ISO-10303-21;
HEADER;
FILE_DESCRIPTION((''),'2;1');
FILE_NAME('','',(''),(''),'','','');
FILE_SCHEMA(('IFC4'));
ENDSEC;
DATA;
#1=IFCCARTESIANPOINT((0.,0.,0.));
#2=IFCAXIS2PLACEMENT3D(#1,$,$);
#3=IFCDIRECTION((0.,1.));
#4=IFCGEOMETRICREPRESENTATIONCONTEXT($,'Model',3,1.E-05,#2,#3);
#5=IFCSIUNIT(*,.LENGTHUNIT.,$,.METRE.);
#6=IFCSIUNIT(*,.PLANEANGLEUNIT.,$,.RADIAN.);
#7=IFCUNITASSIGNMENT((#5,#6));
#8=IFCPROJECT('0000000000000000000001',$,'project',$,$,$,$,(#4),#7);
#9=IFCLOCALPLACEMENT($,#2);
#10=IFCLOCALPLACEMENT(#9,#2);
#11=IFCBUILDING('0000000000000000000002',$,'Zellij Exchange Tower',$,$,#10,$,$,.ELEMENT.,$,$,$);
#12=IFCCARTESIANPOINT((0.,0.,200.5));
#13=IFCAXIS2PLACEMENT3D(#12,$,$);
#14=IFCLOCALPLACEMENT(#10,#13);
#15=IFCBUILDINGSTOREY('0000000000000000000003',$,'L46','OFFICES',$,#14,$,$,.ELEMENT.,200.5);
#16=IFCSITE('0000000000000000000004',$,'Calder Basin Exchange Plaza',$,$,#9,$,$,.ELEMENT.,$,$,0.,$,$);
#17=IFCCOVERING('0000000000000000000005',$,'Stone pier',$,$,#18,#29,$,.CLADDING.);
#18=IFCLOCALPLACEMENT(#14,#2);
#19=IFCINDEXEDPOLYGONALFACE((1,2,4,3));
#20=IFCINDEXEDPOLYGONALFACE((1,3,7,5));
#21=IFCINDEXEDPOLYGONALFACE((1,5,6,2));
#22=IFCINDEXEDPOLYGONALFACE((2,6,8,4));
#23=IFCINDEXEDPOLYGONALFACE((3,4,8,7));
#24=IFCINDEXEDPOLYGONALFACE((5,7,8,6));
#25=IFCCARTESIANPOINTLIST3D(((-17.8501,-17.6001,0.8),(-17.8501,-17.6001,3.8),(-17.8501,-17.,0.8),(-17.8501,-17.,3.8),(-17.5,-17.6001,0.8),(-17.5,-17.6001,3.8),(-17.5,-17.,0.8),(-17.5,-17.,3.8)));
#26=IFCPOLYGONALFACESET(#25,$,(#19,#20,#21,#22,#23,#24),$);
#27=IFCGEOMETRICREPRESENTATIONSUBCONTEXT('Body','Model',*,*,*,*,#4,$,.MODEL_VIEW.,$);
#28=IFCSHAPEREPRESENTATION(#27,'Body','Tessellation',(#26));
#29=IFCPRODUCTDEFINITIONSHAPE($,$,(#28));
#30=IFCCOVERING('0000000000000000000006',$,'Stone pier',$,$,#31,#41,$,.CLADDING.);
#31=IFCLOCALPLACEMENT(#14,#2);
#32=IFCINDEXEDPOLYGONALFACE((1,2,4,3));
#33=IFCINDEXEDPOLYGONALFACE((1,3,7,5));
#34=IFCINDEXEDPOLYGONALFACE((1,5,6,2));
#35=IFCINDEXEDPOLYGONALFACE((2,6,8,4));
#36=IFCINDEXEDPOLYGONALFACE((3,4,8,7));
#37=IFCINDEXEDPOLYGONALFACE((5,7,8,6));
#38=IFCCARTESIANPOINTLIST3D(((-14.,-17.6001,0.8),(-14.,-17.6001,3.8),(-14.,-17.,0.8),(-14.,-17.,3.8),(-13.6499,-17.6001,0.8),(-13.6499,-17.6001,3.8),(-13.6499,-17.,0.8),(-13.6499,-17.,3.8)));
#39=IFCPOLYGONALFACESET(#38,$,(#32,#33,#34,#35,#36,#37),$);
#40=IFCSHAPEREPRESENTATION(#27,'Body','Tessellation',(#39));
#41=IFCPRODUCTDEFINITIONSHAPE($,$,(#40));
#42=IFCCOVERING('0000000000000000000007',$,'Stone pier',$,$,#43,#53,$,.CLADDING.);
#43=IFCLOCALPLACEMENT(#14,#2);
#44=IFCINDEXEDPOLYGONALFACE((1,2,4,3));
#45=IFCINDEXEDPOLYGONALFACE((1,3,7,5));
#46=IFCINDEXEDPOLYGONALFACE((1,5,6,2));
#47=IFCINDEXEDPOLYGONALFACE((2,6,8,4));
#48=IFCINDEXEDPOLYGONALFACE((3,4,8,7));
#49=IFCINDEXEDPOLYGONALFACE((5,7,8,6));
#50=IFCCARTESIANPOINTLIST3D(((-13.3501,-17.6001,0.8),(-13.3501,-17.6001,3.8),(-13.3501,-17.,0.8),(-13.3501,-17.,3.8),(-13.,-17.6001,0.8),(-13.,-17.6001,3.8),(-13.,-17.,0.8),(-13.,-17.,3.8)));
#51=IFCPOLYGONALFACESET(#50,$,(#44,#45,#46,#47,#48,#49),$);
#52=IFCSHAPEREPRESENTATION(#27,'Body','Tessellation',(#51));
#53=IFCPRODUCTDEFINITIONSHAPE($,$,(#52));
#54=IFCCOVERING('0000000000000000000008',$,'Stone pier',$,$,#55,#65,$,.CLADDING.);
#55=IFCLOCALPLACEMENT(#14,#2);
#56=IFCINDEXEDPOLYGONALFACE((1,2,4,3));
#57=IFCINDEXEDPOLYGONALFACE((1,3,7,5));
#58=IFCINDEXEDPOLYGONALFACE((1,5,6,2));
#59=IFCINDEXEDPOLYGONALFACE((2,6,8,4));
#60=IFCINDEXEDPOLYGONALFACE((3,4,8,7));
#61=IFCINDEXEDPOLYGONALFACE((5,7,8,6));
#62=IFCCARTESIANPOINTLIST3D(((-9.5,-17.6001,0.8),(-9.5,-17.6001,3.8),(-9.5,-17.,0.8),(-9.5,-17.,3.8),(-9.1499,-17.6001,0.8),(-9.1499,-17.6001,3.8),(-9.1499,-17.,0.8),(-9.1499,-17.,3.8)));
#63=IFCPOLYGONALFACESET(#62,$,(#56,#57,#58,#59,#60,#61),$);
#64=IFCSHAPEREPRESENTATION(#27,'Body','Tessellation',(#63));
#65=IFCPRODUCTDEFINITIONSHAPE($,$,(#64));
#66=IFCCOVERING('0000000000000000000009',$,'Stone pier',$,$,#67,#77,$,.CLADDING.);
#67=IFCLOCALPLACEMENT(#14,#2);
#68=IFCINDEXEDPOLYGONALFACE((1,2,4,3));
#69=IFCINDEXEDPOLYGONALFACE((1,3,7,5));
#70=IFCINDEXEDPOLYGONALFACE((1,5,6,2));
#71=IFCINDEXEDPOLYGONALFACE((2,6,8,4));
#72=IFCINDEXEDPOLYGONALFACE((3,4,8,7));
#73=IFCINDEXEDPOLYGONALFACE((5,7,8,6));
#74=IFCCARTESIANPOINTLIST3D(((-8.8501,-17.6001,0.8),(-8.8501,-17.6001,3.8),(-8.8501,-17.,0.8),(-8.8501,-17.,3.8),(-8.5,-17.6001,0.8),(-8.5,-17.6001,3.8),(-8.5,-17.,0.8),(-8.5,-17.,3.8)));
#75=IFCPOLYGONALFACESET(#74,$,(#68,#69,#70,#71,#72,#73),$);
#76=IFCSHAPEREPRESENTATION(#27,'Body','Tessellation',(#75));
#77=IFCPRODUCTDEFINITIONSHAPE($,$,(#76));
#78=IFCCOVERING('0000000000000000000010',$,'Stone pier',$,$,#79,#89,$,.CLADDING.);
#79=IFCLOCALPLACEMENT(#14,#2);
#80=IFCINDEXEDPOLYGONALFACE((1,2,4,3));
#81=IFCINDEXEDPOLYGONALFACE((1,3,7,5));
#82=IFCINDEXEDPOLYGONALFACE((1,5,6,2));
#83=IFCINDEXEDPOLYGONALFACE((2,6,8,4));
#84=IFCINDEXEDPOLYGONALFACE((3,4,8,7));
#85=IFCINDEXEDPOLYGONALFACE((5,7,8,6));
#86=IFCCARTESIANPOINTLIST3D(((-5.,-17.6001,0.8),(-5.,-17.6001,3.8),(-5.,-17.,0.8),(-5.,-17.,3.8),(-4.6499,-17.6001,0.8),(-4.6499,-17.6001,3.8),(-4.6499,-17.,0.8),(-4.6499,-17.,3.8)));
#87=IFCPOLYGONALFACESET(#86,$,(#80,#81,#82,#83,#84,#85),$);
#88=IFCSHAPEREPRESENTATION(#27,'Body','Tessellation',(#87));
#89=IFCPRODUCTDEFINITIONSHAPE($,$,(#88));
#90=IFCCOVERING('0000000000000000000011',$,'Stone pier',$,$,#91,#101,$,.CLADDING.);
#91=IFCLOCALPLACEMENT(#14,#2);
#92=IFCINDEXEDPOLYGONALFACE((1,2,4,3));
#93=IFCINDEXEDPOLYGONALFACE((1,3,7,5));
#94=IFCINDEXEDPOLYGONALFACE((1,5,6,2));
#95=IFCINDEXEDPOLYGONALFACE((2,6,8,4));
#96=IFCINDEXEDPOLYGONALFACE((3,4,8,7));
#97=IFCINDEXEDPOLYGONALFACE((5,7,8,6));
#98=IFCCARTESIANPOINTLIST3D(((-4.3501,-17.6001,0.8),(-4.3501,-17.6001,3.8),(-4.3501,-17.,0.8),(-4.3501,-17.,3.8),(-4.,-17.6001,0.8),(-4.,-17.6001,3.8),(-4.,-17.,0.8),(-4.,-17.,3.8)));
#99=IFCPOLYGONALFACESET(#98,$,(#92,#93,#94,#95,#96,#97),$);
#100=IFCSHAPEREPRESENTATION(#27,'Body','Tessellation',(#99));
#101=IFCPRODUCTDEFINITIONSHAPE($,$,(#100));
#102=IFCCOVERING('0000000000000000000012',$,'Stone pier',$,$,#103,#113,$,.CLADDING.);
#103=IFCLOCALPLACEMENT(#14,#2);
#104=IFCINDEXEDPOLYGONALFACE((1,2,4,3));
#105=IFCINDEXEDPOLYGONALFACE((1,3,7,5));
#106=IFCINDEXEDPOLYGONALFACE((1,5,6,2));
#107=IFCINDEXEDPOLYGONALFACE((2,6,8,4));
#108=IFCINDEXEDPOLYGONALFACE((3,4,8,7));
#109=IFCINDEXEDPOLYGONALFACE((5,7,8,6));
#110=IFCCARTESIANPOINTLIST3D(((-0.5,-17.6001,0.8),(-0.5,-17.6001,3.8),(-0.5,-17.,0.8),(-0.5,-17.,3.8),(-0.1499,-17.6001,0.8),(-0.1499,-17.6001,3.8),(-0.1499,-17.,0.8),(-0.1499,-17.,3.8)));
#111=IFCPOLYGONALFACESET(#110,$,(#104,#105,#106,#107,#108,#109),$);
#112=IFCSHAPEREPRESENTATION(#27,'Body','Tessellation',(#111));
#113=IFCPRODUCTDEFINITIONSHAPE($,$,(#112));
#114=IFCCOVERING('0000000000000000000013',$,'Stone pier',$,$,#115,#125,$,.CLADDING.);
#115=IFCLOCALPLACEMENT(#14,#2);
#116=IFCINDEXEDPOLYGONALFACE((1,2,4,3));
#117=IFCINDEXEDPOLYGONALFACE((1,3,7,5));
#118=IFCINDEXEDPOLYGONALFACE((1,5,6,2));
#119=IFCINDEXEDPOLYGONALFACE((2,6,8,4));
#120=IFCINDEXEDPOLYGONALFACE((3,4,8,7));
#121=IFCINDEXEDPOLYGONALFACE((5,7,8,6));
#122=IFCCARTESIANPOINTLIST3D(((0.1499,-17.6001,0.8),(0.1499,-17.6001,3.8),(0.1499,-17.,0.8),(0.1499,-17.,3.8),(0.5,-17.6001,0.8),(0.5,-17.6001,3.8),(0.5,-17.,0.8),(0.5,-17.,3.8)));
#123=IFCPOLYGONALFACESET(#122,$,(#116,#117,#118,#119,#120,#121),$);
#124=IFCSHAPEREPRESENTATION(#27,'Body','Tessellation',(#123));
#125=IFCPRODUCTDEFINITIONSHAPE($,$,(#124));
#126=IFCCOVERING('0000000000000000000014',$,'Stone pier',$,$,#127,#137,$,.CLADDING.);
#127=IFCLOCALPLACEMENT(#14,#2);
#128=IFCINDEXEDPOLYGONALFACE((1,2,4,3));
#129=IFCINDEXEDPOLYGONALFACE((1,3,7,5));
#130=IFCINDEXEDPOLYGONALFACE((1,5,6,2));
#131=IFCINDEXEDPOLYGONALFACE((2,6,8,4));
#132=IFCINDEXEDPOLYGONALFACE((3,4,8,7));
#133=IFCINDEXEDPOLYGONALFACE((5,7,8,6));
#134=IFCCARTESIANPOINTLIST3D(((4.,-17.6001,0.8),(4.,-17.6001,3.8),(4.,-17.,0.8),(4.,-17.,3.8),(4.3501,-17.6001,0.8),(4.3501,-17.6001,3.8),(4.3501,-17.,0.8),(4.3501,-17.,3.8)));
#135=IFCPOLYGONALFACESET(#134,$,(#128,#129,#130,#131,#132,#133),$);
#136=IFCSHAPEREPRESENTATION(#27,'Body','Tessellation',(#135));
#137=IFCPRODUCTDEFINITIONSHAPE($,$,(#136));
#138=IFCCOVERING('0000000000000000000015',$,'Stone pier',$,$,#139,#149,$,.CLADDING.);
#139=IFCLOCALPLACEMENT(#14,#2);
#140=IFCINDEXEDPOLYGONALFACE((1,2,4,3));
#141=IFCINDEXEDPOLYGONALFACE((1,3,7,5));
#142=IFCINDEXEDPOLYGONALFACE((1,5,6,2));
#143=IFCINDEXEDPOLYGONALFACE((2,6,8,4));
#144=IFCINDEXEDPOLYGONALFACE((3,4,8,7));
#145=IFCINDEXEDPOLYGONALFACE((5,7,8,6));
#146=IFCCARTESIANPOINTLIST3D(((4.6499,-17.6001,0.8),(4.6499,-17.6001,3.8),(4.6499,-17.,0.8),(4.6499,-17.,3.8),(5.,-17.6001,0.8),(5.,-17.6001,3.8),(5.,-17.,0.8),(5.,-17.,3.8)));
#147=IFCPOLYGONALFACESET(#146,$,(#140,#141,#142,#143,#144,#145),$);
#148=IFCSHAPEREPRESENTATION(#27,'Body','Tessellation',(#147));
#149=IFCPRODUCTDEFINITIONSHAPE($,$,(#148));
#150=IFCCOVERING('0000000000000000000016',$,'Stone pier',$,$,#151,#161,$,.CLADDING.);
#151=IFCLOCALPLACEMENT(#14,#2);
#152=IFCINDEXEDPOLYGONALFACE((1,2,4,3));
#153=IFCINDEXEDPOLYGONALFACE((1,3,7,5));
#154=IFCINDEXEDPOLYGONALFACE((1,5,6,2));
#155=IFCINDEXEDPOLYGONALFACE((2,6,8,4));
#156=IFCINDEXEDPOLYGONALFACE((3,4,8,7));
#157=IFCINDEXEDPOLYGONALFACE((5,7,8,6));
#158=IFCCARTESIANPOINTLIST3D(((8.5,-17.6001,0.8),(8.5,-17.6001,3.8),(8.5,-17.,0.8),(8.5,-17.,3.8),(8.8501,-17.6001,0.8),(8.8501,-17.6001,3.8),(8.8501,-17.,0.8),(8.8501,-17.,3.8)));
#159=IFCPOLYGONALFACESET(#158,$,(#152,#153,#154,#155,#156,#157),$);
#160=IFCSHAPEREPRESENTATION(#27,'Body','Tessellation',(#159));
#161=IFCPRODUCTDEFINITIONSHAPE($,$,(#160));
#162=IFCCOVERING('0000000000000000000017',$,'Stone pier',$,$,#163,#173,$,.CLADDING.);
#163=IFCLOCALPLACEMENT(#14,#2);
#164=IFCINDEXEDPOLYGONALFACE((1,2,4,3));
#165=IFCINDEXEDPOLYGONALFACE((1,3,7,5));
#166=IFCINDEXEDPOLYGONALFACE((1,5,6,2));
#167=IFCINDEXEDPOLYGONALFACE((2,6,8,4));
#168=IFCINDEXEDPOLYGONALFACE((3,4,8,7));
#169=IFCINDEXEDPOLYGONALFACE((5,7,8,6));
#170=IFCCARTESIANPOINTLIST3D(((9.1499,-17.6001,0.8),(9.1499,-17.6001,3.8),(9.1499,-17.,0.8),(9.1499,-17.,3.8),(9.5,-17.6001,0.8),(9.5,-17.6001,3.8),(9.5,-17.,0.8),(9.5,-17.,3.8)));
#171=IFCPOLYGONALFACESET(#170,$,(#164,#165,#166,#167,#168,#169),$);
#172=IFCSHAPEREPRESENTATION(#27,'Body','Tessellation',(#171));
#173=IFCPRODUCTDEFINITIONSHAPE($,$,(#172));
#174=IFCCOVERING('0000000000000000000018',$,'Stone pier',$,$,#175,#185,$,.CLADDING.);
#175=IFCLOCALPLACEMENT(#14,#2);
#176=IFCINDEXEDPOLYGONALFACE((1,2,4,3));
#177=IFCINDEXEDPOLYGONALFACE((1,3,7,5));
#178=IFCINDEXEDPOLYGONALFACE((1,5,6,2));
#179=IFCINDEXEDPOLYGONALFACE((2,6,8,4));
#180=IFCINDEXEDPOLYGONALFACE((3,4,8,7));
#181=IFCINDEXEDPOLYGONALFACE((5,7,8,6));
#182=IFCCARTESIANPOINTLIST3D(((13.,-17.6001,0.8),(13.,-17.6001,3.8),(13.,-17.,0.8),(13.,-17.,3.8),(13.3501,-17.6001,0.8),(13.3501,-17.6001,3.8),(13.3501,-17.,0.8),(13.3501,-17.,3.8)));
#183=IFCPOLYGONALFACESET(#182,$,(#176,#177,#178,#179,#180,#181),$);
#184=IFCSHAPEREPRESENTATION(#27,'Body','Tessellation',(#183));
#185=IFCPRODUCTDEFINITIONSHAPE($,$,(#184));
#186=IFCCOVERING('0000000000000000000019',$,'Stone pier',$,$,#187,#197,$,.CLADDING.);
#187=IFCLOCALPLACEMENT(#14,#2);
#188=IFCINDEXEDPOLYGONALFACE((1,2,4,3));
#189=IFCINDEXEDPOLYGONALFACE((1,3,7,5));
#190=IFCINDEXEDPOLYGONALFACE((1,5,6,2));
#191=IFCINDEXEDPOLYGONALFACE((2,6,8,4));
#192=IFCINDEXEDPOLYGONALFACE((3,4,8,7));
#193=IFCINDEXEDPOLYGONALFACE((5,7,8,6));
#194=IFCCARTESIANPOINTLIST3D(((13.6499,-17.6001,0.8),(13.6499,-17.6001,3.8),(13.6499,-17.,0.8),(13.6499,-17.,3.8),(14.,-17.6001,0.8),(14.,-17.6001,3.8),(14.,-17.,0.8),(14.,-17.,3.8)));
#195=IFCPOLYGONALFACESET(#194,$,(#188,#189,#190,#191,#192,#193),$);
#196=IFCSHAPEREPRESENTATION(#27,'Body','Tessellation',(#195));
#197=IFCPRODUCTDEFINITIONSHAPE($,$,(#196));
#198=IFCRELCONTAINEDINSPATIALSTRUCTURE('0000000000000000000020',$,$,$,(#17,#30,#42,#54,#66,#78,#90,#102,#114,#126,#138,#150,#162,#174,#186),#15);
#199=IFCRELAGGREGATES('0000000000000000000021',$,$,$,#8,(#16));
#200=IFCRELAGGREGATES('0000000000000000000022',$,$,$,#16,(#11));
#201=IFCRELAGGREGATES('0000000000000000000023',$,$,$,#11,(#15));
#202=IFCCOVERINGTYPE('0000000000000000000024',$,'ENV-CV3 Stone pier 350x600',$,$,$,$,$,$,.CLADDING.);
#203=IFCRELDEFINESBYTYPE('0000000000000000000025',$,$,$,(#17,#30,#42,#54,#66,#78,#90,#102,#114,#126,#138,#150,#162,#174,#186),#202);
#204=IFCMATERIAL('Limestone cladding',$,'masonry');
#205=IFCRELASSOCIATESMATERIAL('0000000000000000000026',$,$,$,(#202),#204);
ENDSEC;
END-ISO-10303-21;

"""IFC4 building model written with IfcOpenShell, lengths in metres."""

from ifc_helpers import new_model, si_unit, direction, frame, origin, place, context, subcontext, project, spatial, polyline, outline, extrude, material, type_object, element, save


model = new_model("IFC4")

# Units and contexts
model_context = context("Model", 3, precision=1e-05, world=origin(), true_north=direction((0.0, 1.0)))
body_context = subcontext(model_context, "Body", "Model", "MODEL_VIEW")
ifc_project = project(units=[si_unit("LENGTHUNIT", "METRE"), si_unit("PLANEANGLEUNIT", "RADIAN")], contexts=[model_context])

# Site, building, storey
site_placement = place(None, origin())
site = spatial("IfcSite", under=ifc_project, at=site_placement, Name="Calder Basin Exchange Plaza", CompositionType="ELEMENT", RefElevation=0.0)
building_placement = place(site_placement, origin())
building = spatial("IfcBuilding", under=site, at=building_placement, Name="Zellij Exchange Tower", CompositionType="ELEMENT")
storey_placement = place(building_placement, frame((0.0, 0.0, 200.5)))
storey = spatial("IfcBuildingStorey", under=building, at=storey_placement, Name="L46", Description="OFFICES", CompositionType="ELEMENT", Elevation=200.5)

# Coverings
ifc_material = material(Name="Limestone cladding", Category="masonry")
covering_type = type_object("IfcCoveringType", Name="ENV-CV3 Stone pier 350x600", PredefinedType="CLADDING", material=ifc_material)
covering_1_placement = place(storey_placement, frame((0.0, 0.0, 0.8)))
element("IfcCovering", 1, at=covering_1_placement, inside=storey, type_object=covering_type, Name="Stone pier", PredefinedType="CLADDING", context=body_context, shape_type="SweptSolid", body=[
    extrude(outline(polyline([(-17.8501, -17.0), (-17.5, -17.0), (-17.5, -17.6001), (-17.8501, -17.6001), (-17.8501, -17.0)])), origin(), (0.0, 0.0, 1.0), 3.0),
])
covering_2_placement = place(storey_placement, frame((0.0, 0.0, 0.8)))
element("IfcCovering", 2, at=covering_2_placement, inside=storey, type_object=covering_type, Name="Stone pier", PredefinedType="CLADDING", context=body_context, shape_type="SweptSolid", body=[
    extrude(outline(polyline([(-14.0, -17.0), (-13.6499, -17.0), (-13.6499, -17.6001), (-14.0, -17.6001), (-14.0, -17.0)])), origin(), (0.0, 0.0, 1.0), 3.0),
])
covering_3_placement = place(storey_placement, frame((0.0, 0.0, 0.8)))
element("IfcCovering", 3, at=covering_3_placement, inside=storey, type_object=covering_type, Name="Stone pier", PredefinedType="CLADDING", context=body_context, shape_type="SweptSolid", body=[
    extrude(outline(polyline([(-13.3501, -17.0), (-13.0, -17.0), (-13.0, -17.6001), (-13.3501, -17.6001), (-13.3501, -17.0)])), origin(), (0.0, 0.0, 1.0), 3.0),
])
covering_4_placement = place(storey_placement, frame((0.0, 0.0, 0.8)))
element("IfcCovering", 4, at=covering_4_placement, inside=storey, type_object=covering_type, Name="Stone pier", PredefinedType="CLADDING", context=body_context, shape_type="SweptSolid", body=[
    extrude(outline(polyline([(-9.5, -17.0), (-9.1499, -17.0), (-9.1499, -17.6001), (-9.5, -17.6001), (-9.5, -17.0)])), origin(), (0.0, 0.0, 1.0), 3.0),
])
covering_5_placement = place(storey_placement, frame((0.0, 0.0, 0.8)))
element("IfcCovering", 5, at=covering_5_placement, inside=storey, type_object=covering_type, Name="Stone pier", PredefinedType="CLADDING", context=body_context, shape_type="SweptSolid", body=[
    extrude(outline(polyline([(-8.8501, -17.0), (-8.5, -17.0), (-8.5, -17.6001), (-8.8501, -17.6001), (-8.8501, -17.0)])), origin(), (0.0, 0.0, 1.0), 3.0),
])
covering_6_placement = place(storey_placement, frame((0.0, 0.0, 0.8)))
element("IfcCovering", 6, at=covering_6_placement, inside=storey, type_object=covering_type, Name="Stone pier", PredefinedType="CLADDING", context=body_context, shape_type="SweptSolid", body=[
    extrude(outline(polyline([(-5.0, -17.0), (-4.6499, -17.0), (-4.6499, -17.6001), (-5.0, -17.6001), (-5.0, -17.0)])), origin(), (0.0, 0.0, 1.0), 3.0),
])
covering_7_placement = place(storey_placement, frame((0.0, 0.0, 0.8)))
element("IfcCovering", 7, at=covering_7_placement, inside=storey, type_object=covering_type, Name="Stone pier", PredefinedType="CLADDING", context=body_context, shape_type="SweptSolid", body=[
    extrude(outline(polyline([(-4.3501, -17.0), (-4.0, -17.0), (-4.0, -17.6001), (-4.3501, -17.6001), (-4.3501, -17.0)])), origin(), (0.0, 0.0, 1.0), 3.0),
])
covering_8_placement = place(storey_placement, frame((0.0, 0.0, 0.8)))
element("IfcCovering", 8, at=covering_8_placement, inside=storey, type_object=covering_type, Name="Stone pier", PredefinedType="CLADDING", context=body_context, shape_type="SweptSolid", body=[
    extrude(outline(polyline([(-0.5, -17.0), (-0.1499, -17.0), (-0.1499, -17.6001), (-0.5, -17.6001), (-0.5, -17.0)])), origin(), (0.0, 0.0, 1.0), 3.0),
])
covering_9_placement = place(storey_placement, frame((0.0, 0.0, 0.8)))
element("IfcCovering", 9, at=covering_9_placement, inside=storey, type_object=covering_type, Name="Stone pier", PredefinedType="CLADDING", context=body_context, shape_type="SweptSolid", body=[
    extrude(outline(polyline([(0.1499, -17.0), (0.5, -17.0), (0.5, -17.6001), (0.1499, -17.6001), (0.1499, -17.0)])), origin(), (0.0, 0.0, 1.0), 3.0),
])
covering_10_placement = place(storey_placement, frame((0.0, 0.0, 0.8)))
element("IfcCovering", 10, at=covering_10_placement, inside=storey, type_object=covering_type, Name="Stone pier", PredefinedType="CLADDING", context=body_context, shape_type="SweptSolid", body=[
    extrude(outline(polyline([(4.0, -17.0), (4.3501, -17.0), (4.3501, -17.6001), (4.0, -17.6001), (4.0, -17.0)])), origin(), (0.0, 0.0, 1.0), 3.0),
])
covering_11_placement = place(storey_placement, frame((0.0, 0.0, 0.8)))
element("IfcCovering", 11, at=covering_11_placement, inside=storey, type_object=covering_type, Name="Stone pier", PredefinedType="CLADDING", context=body_context, shape_type="SweptSolid", body=[
    extrude(outline(polyline([(4.6499, -17.0), (5.0, -17.0), (5.0, -17.6001), (4.6499, -17.6001), (4.6499, -17.0)])), origin(), (0.0, 0.0, 1.0), 3.0),
])
covering_12_placement = place(storey_placement, frame((0.0, 0.0, 0.8)))
element("IfcCovering", 12, at=covering_12_placement, inside=storey, type_object=covering_type, Name="Stone pier", PredefinedType="CLADDING", context=body_context, shape_type="SweptSolid", body=[
    extrude(outline(polyline([(8.5, -17.0), (8.8501, -17.0), (8.8501, -17.6001), (8.5, -17.6001), (8.5, -17.0)])), origin(), (0.0, 0.0, 1.0), 3.0),
])
covering_13_placement = place(storey_placement, frame((0.0, 0.0, 0.8)))
element("IfcCovering", 13, at=covering_13_placement, inside=storey, type_object=covering_type, Name="Stone pier", PredefinedType="CLADDING", context=body_context, shape_type="SweptSolid", body=[
    extrude(outline(polyline([(9.1499, -17.0), (9.5, -17.0), (9.5, -17.6001), (9.1499, -17.6001), (9.1499, -17.0)])), origin(), (0.0, 0.0, 1.0), 3.0),
])
covering_14_placement = place(storey_placement, frame((0.0, 0.0, 0.8)))
element("IfcCovering", 14, at=covering_14_placement, inside=storey, type_object=covering_type, Name="Stone pier", PredefinedType="CLADDING", context=body_context, shape_type="SweptSolid", body=[
    extrude(outline(polyline([(13.0, -17.0), (13.3501, -17.0), (13.3501, -17.6001), (13.0, -17.6001), (13.0, -17.0)])), origin(), (0.0, 0.0, 1.0), 3.0),
])
covering_15_placement = place(storey_placement, frame((0.0, 0.0, 0.8)))
element("IfcCovering", 15, at=covering_15_placement, inside=storey, type_object=covering_type, Name="Stone pier", PredefinedType="CLADDING", context=body_context, shape_type="SweptSolid", body=[
    extrude(outline(polyline([(13.6499, -17.0), (14.0, -17.0), (14.0, -17.6001), (13.6499, -17.6001), (13.6499, -17.0)])), origin(), (0.0, 0.0, 1.0), 3.0),
])

save(model, "model.ifc")
